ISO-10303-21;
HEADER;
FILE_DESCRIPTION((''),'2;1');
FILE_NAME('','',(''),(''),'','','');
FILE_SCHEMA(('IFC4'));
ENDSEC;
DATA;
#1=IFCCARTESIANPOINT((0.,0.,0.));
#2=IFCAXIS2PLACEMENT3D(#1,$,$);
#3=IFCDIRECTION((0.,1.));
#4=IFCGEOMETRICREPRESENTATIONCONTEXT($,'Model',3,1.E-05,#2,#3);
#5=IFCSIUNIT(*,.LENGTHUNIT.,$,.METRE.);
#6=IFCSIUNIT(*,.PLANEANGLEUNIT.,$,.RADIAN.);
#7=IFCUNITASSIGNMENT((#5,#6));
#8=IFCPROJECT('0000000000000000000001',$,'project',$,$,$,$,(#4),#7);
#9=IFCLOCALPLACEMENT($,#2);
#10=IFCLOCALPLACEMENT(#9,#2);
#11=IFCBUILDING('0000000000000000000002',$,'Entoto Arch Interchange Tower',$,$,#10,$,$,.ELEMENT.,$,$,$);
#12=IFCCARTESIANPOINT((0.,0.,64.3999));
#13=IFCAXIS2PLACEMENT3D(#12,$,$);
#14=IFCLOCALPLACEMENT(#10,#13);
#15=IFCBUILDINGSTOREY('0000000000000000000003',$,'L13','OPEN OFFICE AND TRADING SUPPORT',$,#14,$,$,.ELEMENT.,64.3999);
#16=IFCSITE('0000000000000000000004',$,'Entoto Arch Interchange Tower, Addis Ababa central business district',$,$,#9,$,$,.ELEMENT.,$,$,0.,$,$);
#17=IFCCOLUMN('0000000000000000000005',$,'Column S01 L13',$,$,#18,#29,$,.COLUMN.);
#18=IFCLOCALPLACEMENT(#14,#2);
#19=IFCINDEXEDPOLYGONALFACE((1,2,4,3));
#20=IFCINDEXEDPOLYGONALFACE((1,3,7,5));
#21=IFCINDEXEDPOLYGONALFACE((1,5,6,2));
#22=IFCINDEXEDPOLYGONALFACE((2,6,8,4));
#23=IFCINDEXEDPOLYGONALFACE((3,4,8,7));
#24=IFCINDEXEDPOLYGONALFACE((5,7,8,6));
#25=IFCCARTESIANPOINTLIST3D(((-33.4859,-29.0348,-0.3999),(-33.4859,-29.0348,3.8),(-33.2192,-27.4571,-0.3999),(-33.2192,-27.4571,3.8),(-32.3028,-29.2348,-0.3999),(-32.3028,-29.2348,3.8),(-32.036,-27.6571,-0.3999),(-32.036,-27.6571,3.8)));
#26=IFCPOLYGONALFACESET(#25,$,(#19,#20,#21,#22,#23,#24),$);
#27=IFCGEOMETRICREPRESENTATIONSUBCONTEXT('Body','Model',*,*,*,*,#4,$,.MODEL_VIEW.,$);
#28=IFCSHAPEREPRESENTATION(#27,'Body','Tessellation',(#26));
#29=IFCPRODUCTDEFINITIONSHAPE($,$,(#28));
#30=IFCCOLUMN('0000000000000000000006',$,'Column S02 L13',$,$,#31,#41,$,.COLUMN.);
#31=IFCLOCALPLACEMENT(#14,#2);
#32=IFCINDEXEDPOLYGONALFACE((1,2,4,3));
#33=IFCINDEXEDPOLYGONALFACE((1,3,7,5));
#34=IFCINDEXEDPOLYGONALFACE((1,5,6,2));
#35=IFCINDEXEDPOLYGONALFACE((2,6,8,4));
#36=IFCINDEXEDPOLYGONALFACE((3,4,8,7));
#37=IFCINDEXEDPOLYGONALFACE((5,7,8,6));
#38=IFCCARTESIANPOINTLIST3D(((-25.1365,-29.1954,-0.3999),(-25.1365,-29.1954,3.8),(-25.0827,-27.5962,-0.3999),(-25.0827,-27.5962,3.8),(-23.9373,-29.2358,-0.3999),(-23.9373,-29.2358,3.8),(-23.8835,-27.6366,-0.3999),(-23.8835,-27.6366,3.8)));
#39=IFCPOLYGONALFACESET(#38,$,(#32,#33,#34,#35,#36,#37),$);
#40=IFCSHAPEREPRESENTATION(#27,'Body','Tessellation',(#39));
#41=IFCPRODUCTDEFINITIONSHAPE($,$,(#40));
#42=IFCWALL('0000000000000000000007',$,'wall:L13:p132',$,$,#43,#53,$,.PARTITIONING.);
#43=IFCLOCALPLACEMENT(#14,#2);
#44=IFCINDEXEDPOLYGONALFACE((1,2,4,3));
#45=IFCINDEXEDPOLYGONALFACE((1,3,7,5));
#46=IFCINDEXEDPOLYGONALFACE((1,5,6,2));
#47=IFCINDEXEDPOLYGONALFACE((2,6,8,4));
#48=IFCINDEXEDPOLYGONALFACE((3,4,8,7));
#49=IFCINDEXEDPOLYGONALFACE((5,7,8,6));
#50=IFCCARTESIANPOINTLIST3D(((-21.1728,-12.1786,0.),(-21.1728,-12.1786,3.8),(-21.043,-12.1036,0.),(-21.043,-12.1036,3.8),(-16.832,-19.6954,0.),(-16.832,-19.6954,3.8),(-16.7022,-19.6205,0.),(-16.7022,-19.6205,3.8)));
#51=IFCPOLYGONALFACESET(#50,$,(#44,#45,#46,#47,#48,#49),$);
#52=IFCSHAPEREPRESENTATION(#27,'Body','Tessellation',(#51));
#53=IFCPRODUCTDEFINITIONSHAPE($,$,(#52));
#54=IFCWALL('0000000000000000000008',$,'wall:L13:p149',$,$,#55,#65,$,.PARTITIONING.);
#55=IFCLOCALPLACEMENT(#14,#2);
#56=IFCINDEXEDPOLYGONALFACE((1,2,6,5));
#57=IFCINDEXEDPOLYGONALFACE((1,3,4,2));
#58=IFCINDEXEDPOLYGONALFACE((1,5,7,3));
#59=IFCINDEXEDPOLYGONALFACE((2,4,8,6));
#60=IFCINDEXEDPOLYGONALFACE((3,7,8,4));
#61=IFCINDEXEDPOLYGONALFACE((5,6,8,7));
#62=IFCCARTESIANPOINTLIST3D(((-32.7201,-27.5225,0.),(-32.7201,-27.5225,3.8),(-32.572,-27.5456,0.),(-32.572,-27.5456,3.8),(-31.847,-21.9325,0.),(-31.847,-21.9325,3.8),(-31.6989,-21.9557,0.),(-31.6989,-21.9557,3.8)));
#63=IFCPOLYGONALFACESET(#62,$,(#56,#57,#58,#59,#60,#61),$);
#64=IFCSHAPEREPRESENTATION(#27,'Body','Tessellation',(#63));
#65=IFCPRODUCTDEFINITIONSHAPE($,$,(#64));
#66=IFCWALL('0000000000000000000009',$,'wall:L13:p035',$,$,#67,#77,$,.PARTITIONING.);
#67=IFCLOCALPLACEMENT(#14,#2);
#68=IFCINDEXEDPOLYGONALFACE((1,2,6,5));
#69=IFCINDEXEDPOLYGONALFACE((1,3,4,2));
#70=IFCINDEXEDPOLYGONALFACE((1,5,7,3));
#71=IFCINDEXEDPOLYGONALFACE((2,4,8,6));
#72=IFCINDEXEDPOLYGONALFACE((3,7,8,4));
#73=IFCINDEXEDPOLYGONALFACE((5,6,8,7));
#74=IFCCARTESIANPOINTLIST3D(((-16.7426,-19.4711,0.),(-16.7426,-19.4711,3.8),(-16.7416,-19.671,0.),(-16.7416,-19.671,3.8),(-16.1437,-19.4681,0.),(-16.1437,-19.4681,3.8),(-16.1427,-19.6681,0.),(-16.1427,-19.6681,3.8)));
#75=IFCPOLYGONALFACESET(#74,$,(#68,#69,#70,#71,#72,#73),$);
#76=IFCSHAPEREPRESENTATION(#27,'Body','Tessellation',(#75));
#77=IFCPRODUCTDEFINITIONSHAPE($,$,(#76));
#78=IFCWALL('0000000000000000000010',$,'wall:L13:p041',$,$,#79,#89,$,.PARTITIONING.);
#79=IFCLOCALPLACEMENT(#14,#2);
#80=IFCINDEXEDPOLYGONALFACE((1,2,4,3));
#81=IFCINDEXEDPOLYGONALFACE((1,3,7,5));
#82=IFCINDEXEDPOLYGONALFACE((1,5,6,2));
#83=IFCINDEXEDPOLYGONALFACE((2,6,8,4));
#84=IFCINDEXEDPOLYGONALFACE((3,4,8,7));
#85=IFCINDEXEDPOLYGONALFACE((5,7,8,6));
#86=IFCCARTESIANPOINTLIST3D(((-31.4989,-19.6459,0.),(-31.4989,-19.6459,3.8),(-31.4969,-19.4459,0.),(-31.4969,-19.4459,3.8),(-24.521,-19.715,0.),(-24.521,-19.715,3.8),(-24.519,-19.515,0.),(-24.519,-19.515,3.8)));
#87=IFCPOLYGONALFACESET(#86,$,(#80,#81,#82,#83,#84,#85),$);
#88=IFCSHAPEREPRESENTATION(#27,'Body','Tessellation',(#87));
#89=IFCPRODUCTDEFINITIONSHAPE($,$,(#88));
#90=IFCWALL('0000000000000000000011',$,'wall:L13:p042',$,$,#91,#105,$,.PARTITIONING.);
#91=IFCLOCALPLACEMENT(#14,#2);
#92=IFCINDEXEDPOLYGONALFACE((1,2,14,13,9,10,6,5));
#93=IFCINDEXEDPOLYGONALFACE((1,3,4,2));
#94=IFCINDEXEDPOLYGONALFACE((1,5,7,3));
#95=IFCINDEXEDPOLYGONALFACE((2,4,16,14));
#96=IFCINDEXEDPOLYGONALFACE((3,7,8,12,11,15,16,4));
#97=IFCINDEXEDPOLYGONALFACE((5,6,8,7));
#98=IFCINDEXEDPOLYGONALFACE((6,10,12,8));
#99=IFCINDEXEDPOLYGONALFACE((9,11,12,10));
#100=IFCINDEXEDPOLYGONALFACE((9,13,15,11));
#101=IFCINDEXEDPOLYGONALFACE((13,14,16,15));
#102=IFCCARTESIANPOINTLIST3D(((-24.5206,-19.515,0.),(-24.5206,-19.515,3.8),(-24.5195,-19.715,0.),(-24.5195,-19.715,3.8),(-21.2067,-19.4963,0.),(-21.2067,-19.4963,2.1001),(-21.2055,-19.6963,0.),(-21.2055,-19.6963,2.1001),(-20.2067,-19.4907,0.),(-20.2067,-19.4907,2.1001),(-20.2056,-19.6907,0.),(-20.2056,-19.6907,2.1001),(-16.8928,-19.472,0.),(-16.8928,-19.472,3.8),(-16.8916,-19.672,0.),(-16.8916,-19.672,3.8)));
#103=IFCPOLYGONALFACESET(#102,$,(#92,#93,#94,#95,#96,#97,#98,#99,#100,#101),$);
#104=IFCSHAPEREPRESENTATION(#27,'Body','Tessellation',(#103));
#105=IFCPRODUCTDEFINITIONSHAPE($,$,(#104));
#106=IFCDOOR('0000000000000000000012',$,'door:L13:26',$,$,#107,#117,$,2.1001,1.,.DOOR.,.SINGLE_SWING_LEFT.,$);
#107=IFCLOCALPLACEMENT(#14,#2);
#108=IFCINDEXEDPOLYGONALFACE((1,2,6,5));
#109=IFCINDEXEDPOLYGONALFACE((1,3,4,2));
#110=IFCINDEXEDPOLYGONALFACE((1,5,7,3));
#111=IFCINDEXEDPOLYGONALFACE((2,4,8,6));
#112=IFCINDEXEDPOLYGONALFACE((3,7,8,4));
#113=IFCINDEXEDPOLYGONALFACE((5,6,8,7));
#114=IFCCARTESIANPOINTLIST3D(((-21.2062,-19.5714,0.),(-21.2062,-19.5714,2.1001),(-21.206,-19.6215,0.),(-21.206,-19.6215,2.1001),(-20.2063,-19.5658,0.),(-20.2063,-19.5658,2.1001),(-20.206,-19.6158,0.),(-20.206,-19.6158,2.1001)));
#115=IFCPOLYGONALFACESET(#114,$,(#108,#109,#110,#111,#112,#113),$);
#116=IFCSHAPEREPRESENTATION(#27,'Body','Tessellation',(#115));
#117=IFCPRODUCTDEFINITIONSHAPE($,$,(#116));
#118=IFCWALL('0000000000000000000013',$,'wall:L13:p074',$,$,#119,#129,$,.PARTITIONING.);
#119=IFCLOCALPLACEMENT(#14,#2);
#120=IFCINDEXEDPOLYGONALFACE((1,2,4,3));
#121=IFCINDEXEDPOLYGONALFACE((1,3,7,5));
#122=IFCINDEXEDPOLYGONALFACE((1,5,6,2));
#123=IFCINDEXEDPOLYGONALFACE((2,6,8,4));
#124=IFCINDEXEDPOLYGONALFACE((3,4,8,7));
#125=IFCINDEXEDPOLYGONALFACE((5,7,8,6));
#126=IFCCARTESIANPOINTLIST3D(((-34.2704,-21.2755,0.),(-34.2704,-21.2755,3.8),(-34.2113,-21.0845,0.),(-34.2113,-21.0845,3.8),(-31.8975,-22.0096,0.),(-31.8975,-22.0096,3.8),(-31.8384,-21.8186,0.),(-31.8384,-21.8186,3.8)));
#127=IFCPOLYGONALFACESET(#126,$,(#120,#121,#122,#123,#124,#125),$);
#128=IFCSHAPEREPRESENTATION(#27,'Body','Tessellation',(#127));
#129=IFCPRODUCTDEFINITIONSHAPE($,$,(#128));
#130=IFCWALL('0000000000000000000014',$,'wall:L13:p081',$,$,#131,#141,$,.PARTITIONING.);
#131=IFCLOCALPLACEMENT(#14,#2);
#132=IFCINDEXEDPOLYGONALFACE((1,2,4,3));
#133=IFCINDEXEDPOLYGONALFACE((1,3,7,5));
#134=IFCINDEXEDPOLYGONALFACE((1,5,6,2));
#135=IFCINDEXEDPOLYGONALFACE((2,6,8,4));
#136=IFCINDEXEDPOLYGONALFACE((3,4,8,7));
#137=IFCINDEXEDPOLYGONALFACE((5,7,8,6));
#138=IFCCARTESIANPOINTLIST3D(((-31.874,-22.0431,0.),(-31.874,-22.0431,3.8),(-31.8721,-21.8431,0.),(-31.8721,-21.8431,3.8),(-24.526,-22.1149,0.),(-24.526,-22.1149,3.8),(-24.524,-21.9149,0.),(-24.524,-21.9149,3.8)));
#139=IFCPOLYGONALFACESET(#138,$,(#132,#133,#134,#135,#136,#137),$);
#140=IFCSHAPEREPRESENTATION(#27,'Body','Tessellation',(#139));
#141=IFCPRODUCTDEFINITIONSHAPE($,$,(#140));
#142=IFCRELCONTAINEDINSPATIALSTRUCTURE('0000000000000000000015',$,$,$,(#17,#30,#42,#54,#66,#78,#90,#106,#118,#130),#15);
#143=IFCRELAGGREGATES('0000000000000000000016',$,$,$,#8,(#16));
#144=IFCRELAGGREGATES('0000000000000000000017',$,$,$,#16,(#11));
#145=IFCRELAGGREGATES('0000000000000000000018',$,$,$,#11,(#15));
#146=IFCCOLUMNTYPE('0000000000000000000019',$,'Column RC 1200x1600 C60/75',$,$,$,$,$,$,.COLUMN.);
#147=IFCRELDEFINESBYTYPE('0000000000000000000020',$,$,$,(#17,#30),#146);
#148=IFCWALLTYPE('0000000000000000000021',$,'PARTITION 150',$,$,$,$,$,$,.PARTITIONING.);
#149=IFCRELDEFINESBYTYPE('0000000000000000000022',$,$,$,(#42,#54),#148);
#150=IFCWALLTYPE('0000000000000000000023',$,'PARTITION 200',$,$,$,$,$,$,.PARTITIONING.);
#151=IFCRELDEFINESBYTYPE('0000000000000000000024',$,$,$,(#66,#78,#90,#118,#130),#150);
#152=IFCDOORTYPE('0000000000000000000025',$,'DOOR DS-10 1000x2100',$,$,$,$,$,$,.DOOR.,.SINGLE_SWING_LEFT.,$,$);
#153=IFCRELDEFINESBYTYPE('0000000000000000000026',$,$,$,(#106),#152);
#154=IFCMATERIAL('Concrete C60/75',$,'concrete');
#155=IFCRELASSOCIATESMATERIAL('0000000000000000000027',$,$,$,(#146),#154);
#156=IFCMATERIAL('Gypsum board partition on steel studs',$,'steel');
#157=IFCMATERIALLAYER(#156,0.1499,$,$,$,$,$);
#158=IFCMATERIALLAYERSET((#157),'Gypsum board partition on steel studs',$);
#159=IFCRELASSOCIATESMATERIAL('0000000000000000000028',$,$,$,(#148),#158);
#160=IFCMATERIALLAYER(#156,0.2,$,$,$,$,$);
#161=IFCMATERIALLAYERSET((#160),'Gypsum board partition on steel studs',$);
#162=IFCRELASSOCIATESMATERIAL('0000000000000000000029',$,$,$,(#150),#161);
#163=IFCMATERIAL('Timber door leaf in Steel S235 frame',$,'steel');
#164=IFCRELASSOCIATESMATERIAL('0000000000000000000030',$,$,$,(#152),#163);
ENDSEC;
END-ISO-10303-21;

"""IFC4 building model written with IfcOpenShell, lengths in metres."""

from ifc_helpers import new_model, si_unit, direction, frame, frame_2d, origin, origin_2d, place, context, subcontext, project, spatial, rectangle, extrude, material, layer, layer_set, material_profile, profile_set, type_object, element, fill, save


model = new_model("IFC4")

# Units and contexts
model_context = context("Model", 3, precision=1e-05, world=origin(), true_north=direction((0.0, 1.0)))
body_context = subcontext(model_context, "Body", "Model", "MODEL_VIEW")
ifc_project = project(units=[si_unit("LENGTHUNIT", "METRE"), si_unit("PLANEANGLEUNIT", "RADIAN")], contexts=[model_context])

# Site, building, storey
site_placement = place(None, origin())
site = spatial("IfcSite", under=ifc_project, at=site_placement, Name="Entoto Arch Interchange Tower, Addis Ababa central business district", CompositionType="ELEMENT", RefElevation=0.0)
building_placement = place(site_placement, origin())
building = spatial("IfcBuilding", under=site, at=building_placement, Name="Entoto Arch Interchange Tower", CompositionType="ELEMENT")
storey_placement = place(building_placement, frame((0.0, 0.0, 64.3999)))
storey = spatial("IfcBuildingStorey", under=building, at=storey_placement, Name="L13", Description="OPEN OFFICE AND TRADING SUPPORT", CompositionType="ELEMENT", Elevation=64.3999)

# Columns
ifc_material_1 = material(Name="Concrete C60/75", Category="concrete")
ifc_material_profile = material_profile(ifc_material_1, rectangle(XDim=1.2, YDim=1.6001, at=origin_2d()))
ifc_profile_set = profile_set([ifc_material_profile], Name="Concrete C60/75")
column_type = type_object("IfcColumnType", Name="Column RC 1200x1600 C60/75", PredefinedType="COLUMN", material=ifc_profile_set)
for number, where, z_axis, x_axis, name in (
    (1, (-32.761, -28.3459, -0.3999), (0.0, 0.0, 1.0), (-0.986005, 0.166717, 0.0), "Column S01 L13"),
    (2, (-24.51, -28.416, -0.3999), (0.0, 0.0, 1.0), (-0.999434, 0.033626, 0.0), "Column S02 L13"),
):
    element("IfcColumn", number, at=place(storey_placement, frame(where, z_axis=z_axis, x_axis=x_axis)), inside=storey, type_object=column_type, Name=name, PredefinedType="COLUMN", context=body_context, shape_type="SweptSolid", body=[
        extrude(rectangle(XDim=1.2, YDim=1.6001, at=origin_2d()), origin(), (0.0, 0.0, 1.0), 4.2),
    ])

# Walls
ifc_material_2 = material(Name="Gypsum board partition on steel studs", Category="steel")
ifc_layer_1 = layer(ifc_material_2, 0.1499)
ifc_layer_set_1 = layer_set([ifc_layer_1], Name="Gypsum board partition on steel studs")
wall_type_1 = type_object("IfcWallType", Name="PARTITION 150", PredefinedType="PARTITIONING", material=ifc_layer_set_1)
wall_1_placement = place(storey_placement, frame((-16.7671, -19.658, 0.0), z_axis=(0.0, 0.0, 1.0), x_axis=(-0.500084, 0.865977, 0.0)))
element("IfcWall", 3, at=wall_1_placement, inside=storey, type_object=wall_type_1, Name="wall:L13:p132", PredefinedType="PARTITIONING", context=body_context, shape_type="SweptSolid", body=[
    extrude(rectangle(XDim=8.6802, YDim=0.1499, at=frame_2d((4.3401, 0.0))), origin(), (0.0, 0.0, 1.0), 3.8),
])
wall_2_placement = place(storey_placement, frame((-31.7729, -21.9441, 0.0), z_axis=(0.0, 0.0, 1.0), x_axis=(-0.154314, -0.988022, 0.0)))
element("IfcWall", 4, at=wall_2_placement, inside=storey, type_object=wall_type_1, Name="wall:L13:p149", PredefinedType="PARTITIONING", context=body_context, shape_type="SweptSolid", body=[
    extrude(rectangle(XDim=5.6577, YDim=0.1499, at=frame_2d((2.8289, 0.0))), origin(), (0.0, 0.0, 1.0), 3.8),
])
ifc_layer_2 = layer(ifc_material_2, 0.2)
ifc_layer_set_2 = layer_set([ifc_layer_2], Name="Gypsum board partition on steel studs")
wall_type_2 = type_object("IfcWallType", Name="PARTITION 200", PredefinedType="PARTITIONING", material=ifc_layer_set_2)
wall_3_placement = place(storey_placement, frame((-16.7419, -19.571, 0.0), z_axis=(0.0, 0.0, 1.0), x_axis=(0.999988, 0.004892, 0.0)))
element("IfcWall", 5, at=wall_3_placement, inside=storey, type_object=wall_type_2, Name="wall:L13:p035", PredefinedType="PARTITIONING", context=body_context, shape_type="SweptSolid", body=[
    extrude(rectangle(XDim=0.5989, YDim=0.2, at=frame_2d((0.2993, 0.0))), origin(), (0.0, 0.0, 1.0), 3.8),
])
wall_4_placement = place(storey_placement, frame((-31.498, -19.5459, 0.0), z_axis=(0.0, 0.0, 1.0), x_axis=(0.999951, -0.009901, 0.0)))
element("IfcWall", 6, at=wall_4_placement, inside=storey, type_object=wall_type_2, Name="wall:L13:p041", PredefinedType="PARTITIONING", context=body_context, shape_type="SweptSolid", body=[
    extrude(rectangle(XDim=6.9783, YDim=0.2, at=frame_2d((3.4893, 0.0))), origin(), (0.0, 0.0, 1.0), 3.8),
])

# Wall, opening, door
wall_5_placement = place(storey_placement, frame((-24.52, -19.615, 0.0), z_axis=(0.0, 0.0, 1.0), x_axis=(0.999984, 0.005633, 0.0)))
wall_5 = element("IfcWall", 7, at=wall_5_placement, inside=storey, type_object=wall_type_2, Name="wall:L13:p042", PredefinedType="PARTITIONING", context=body_context, shape_type="SweptSolid", body=[
    extrude(rectangle(XDim=7.6279, YDim=0.2, at=frame_2d((3.814, 0.0))), origin(), (0.0, 0.0, 1.0), 3.8),
])
opening_1_placement = place(wall_5_placement, frame((3.314, 0.0, 0.0)))
opening_1 = element("IfcOpeningElement", 8, at=opening_1_placement, cuts=wall_5, PredefinedType="OPENING", context=body_context, shape_type="SweptSolid", body=[
    extrude(rectangle(XDim=1.0, YDim=2.1001, at=frame_2d((0.5, 1.05))), frame((0.0, 0.1099, 0.0), z_axis=(0.0, -1.0, 0.0), x_axis=(1.0, 0.0, 0.0)), (0.0, 0.0, 1.0), 0.22),
])
ifc_material_3 = material(Name="Timber door leaf in Steel S235 frame", Category="steel")
door_type = type_object("IfcDoorType", Name="DOOR DS-10 1000x2100", OperationType="SINGLE_SWING_LEFT", PredefinedType="DOOR", material=ifc_material_3)
door_placement = place(opening_1_placement, origin())
door = element("IfcDoor", 9, at=door_placement, inside=storey, type_object=door_type, Name="door:L13:26", OperationType="SINGLE_SWING_LEFT", OverallHeight=2.1001, OverallWidth=1.0, PredefinedType="DOOR", context=body_context, shape_type="SweptSolid", body=[
    extrude(rectangle(XDim=1.0, YDim=2.1001, at=frame_2d((0.5, 1.05))), frame((0.0, 0.0249, 0.0), z_axis=(0.0, -1.0, 0.0), x_axis=(1.0, 0.0, 0.0)), (0.0, 0.0, 1.0), 0.05),
])
fill(opening_1, door)

# Walls
wall_6_placement = place(storey_placement, frame((-31.8679, -21.9141, 0.0), z_axis=(0.0, 0.0, 1.0), x_axis=(-0.95533, 0.295543, 0.0)))
element("IfcWall", 10, at=wall_6_placement, inside=storey, type_object=wall_type_2, Name="wall:L13:p074", PredefinedType="PARTITIONING", context=body_context, shape_type="SweptSolid", body=[
    extrude(rectangle(XDim=2.4839, YDim=0.2, at=frame_2d((1.2419, 0.0))), origin(), (0.0, 0.0, 1.0), 3.8),
])
wall_7_placement = place(storey_placement, frame((-24.5249, -22.0149, 0.0), z_axis=(0.0, 0.0, 1.0), x_axis=(-0.999952, 0.009768, 0.0)))
element("IfcWall", 11, at=wall_7_placement, inside=storey, type_object=wall_type_2, Name="wall:L13:p081", PredefinedType="PARTITIONING", context=body_context, shape_type="SweptSolid", body=[
    extrude(rectangle(XDim=7.3484, YDim=0.2, at=frame_2d((3.6743, 0.0))), origin(), (0.0, 0.0, 1.0), 3.8),
])

save(model, "model.ifc")
